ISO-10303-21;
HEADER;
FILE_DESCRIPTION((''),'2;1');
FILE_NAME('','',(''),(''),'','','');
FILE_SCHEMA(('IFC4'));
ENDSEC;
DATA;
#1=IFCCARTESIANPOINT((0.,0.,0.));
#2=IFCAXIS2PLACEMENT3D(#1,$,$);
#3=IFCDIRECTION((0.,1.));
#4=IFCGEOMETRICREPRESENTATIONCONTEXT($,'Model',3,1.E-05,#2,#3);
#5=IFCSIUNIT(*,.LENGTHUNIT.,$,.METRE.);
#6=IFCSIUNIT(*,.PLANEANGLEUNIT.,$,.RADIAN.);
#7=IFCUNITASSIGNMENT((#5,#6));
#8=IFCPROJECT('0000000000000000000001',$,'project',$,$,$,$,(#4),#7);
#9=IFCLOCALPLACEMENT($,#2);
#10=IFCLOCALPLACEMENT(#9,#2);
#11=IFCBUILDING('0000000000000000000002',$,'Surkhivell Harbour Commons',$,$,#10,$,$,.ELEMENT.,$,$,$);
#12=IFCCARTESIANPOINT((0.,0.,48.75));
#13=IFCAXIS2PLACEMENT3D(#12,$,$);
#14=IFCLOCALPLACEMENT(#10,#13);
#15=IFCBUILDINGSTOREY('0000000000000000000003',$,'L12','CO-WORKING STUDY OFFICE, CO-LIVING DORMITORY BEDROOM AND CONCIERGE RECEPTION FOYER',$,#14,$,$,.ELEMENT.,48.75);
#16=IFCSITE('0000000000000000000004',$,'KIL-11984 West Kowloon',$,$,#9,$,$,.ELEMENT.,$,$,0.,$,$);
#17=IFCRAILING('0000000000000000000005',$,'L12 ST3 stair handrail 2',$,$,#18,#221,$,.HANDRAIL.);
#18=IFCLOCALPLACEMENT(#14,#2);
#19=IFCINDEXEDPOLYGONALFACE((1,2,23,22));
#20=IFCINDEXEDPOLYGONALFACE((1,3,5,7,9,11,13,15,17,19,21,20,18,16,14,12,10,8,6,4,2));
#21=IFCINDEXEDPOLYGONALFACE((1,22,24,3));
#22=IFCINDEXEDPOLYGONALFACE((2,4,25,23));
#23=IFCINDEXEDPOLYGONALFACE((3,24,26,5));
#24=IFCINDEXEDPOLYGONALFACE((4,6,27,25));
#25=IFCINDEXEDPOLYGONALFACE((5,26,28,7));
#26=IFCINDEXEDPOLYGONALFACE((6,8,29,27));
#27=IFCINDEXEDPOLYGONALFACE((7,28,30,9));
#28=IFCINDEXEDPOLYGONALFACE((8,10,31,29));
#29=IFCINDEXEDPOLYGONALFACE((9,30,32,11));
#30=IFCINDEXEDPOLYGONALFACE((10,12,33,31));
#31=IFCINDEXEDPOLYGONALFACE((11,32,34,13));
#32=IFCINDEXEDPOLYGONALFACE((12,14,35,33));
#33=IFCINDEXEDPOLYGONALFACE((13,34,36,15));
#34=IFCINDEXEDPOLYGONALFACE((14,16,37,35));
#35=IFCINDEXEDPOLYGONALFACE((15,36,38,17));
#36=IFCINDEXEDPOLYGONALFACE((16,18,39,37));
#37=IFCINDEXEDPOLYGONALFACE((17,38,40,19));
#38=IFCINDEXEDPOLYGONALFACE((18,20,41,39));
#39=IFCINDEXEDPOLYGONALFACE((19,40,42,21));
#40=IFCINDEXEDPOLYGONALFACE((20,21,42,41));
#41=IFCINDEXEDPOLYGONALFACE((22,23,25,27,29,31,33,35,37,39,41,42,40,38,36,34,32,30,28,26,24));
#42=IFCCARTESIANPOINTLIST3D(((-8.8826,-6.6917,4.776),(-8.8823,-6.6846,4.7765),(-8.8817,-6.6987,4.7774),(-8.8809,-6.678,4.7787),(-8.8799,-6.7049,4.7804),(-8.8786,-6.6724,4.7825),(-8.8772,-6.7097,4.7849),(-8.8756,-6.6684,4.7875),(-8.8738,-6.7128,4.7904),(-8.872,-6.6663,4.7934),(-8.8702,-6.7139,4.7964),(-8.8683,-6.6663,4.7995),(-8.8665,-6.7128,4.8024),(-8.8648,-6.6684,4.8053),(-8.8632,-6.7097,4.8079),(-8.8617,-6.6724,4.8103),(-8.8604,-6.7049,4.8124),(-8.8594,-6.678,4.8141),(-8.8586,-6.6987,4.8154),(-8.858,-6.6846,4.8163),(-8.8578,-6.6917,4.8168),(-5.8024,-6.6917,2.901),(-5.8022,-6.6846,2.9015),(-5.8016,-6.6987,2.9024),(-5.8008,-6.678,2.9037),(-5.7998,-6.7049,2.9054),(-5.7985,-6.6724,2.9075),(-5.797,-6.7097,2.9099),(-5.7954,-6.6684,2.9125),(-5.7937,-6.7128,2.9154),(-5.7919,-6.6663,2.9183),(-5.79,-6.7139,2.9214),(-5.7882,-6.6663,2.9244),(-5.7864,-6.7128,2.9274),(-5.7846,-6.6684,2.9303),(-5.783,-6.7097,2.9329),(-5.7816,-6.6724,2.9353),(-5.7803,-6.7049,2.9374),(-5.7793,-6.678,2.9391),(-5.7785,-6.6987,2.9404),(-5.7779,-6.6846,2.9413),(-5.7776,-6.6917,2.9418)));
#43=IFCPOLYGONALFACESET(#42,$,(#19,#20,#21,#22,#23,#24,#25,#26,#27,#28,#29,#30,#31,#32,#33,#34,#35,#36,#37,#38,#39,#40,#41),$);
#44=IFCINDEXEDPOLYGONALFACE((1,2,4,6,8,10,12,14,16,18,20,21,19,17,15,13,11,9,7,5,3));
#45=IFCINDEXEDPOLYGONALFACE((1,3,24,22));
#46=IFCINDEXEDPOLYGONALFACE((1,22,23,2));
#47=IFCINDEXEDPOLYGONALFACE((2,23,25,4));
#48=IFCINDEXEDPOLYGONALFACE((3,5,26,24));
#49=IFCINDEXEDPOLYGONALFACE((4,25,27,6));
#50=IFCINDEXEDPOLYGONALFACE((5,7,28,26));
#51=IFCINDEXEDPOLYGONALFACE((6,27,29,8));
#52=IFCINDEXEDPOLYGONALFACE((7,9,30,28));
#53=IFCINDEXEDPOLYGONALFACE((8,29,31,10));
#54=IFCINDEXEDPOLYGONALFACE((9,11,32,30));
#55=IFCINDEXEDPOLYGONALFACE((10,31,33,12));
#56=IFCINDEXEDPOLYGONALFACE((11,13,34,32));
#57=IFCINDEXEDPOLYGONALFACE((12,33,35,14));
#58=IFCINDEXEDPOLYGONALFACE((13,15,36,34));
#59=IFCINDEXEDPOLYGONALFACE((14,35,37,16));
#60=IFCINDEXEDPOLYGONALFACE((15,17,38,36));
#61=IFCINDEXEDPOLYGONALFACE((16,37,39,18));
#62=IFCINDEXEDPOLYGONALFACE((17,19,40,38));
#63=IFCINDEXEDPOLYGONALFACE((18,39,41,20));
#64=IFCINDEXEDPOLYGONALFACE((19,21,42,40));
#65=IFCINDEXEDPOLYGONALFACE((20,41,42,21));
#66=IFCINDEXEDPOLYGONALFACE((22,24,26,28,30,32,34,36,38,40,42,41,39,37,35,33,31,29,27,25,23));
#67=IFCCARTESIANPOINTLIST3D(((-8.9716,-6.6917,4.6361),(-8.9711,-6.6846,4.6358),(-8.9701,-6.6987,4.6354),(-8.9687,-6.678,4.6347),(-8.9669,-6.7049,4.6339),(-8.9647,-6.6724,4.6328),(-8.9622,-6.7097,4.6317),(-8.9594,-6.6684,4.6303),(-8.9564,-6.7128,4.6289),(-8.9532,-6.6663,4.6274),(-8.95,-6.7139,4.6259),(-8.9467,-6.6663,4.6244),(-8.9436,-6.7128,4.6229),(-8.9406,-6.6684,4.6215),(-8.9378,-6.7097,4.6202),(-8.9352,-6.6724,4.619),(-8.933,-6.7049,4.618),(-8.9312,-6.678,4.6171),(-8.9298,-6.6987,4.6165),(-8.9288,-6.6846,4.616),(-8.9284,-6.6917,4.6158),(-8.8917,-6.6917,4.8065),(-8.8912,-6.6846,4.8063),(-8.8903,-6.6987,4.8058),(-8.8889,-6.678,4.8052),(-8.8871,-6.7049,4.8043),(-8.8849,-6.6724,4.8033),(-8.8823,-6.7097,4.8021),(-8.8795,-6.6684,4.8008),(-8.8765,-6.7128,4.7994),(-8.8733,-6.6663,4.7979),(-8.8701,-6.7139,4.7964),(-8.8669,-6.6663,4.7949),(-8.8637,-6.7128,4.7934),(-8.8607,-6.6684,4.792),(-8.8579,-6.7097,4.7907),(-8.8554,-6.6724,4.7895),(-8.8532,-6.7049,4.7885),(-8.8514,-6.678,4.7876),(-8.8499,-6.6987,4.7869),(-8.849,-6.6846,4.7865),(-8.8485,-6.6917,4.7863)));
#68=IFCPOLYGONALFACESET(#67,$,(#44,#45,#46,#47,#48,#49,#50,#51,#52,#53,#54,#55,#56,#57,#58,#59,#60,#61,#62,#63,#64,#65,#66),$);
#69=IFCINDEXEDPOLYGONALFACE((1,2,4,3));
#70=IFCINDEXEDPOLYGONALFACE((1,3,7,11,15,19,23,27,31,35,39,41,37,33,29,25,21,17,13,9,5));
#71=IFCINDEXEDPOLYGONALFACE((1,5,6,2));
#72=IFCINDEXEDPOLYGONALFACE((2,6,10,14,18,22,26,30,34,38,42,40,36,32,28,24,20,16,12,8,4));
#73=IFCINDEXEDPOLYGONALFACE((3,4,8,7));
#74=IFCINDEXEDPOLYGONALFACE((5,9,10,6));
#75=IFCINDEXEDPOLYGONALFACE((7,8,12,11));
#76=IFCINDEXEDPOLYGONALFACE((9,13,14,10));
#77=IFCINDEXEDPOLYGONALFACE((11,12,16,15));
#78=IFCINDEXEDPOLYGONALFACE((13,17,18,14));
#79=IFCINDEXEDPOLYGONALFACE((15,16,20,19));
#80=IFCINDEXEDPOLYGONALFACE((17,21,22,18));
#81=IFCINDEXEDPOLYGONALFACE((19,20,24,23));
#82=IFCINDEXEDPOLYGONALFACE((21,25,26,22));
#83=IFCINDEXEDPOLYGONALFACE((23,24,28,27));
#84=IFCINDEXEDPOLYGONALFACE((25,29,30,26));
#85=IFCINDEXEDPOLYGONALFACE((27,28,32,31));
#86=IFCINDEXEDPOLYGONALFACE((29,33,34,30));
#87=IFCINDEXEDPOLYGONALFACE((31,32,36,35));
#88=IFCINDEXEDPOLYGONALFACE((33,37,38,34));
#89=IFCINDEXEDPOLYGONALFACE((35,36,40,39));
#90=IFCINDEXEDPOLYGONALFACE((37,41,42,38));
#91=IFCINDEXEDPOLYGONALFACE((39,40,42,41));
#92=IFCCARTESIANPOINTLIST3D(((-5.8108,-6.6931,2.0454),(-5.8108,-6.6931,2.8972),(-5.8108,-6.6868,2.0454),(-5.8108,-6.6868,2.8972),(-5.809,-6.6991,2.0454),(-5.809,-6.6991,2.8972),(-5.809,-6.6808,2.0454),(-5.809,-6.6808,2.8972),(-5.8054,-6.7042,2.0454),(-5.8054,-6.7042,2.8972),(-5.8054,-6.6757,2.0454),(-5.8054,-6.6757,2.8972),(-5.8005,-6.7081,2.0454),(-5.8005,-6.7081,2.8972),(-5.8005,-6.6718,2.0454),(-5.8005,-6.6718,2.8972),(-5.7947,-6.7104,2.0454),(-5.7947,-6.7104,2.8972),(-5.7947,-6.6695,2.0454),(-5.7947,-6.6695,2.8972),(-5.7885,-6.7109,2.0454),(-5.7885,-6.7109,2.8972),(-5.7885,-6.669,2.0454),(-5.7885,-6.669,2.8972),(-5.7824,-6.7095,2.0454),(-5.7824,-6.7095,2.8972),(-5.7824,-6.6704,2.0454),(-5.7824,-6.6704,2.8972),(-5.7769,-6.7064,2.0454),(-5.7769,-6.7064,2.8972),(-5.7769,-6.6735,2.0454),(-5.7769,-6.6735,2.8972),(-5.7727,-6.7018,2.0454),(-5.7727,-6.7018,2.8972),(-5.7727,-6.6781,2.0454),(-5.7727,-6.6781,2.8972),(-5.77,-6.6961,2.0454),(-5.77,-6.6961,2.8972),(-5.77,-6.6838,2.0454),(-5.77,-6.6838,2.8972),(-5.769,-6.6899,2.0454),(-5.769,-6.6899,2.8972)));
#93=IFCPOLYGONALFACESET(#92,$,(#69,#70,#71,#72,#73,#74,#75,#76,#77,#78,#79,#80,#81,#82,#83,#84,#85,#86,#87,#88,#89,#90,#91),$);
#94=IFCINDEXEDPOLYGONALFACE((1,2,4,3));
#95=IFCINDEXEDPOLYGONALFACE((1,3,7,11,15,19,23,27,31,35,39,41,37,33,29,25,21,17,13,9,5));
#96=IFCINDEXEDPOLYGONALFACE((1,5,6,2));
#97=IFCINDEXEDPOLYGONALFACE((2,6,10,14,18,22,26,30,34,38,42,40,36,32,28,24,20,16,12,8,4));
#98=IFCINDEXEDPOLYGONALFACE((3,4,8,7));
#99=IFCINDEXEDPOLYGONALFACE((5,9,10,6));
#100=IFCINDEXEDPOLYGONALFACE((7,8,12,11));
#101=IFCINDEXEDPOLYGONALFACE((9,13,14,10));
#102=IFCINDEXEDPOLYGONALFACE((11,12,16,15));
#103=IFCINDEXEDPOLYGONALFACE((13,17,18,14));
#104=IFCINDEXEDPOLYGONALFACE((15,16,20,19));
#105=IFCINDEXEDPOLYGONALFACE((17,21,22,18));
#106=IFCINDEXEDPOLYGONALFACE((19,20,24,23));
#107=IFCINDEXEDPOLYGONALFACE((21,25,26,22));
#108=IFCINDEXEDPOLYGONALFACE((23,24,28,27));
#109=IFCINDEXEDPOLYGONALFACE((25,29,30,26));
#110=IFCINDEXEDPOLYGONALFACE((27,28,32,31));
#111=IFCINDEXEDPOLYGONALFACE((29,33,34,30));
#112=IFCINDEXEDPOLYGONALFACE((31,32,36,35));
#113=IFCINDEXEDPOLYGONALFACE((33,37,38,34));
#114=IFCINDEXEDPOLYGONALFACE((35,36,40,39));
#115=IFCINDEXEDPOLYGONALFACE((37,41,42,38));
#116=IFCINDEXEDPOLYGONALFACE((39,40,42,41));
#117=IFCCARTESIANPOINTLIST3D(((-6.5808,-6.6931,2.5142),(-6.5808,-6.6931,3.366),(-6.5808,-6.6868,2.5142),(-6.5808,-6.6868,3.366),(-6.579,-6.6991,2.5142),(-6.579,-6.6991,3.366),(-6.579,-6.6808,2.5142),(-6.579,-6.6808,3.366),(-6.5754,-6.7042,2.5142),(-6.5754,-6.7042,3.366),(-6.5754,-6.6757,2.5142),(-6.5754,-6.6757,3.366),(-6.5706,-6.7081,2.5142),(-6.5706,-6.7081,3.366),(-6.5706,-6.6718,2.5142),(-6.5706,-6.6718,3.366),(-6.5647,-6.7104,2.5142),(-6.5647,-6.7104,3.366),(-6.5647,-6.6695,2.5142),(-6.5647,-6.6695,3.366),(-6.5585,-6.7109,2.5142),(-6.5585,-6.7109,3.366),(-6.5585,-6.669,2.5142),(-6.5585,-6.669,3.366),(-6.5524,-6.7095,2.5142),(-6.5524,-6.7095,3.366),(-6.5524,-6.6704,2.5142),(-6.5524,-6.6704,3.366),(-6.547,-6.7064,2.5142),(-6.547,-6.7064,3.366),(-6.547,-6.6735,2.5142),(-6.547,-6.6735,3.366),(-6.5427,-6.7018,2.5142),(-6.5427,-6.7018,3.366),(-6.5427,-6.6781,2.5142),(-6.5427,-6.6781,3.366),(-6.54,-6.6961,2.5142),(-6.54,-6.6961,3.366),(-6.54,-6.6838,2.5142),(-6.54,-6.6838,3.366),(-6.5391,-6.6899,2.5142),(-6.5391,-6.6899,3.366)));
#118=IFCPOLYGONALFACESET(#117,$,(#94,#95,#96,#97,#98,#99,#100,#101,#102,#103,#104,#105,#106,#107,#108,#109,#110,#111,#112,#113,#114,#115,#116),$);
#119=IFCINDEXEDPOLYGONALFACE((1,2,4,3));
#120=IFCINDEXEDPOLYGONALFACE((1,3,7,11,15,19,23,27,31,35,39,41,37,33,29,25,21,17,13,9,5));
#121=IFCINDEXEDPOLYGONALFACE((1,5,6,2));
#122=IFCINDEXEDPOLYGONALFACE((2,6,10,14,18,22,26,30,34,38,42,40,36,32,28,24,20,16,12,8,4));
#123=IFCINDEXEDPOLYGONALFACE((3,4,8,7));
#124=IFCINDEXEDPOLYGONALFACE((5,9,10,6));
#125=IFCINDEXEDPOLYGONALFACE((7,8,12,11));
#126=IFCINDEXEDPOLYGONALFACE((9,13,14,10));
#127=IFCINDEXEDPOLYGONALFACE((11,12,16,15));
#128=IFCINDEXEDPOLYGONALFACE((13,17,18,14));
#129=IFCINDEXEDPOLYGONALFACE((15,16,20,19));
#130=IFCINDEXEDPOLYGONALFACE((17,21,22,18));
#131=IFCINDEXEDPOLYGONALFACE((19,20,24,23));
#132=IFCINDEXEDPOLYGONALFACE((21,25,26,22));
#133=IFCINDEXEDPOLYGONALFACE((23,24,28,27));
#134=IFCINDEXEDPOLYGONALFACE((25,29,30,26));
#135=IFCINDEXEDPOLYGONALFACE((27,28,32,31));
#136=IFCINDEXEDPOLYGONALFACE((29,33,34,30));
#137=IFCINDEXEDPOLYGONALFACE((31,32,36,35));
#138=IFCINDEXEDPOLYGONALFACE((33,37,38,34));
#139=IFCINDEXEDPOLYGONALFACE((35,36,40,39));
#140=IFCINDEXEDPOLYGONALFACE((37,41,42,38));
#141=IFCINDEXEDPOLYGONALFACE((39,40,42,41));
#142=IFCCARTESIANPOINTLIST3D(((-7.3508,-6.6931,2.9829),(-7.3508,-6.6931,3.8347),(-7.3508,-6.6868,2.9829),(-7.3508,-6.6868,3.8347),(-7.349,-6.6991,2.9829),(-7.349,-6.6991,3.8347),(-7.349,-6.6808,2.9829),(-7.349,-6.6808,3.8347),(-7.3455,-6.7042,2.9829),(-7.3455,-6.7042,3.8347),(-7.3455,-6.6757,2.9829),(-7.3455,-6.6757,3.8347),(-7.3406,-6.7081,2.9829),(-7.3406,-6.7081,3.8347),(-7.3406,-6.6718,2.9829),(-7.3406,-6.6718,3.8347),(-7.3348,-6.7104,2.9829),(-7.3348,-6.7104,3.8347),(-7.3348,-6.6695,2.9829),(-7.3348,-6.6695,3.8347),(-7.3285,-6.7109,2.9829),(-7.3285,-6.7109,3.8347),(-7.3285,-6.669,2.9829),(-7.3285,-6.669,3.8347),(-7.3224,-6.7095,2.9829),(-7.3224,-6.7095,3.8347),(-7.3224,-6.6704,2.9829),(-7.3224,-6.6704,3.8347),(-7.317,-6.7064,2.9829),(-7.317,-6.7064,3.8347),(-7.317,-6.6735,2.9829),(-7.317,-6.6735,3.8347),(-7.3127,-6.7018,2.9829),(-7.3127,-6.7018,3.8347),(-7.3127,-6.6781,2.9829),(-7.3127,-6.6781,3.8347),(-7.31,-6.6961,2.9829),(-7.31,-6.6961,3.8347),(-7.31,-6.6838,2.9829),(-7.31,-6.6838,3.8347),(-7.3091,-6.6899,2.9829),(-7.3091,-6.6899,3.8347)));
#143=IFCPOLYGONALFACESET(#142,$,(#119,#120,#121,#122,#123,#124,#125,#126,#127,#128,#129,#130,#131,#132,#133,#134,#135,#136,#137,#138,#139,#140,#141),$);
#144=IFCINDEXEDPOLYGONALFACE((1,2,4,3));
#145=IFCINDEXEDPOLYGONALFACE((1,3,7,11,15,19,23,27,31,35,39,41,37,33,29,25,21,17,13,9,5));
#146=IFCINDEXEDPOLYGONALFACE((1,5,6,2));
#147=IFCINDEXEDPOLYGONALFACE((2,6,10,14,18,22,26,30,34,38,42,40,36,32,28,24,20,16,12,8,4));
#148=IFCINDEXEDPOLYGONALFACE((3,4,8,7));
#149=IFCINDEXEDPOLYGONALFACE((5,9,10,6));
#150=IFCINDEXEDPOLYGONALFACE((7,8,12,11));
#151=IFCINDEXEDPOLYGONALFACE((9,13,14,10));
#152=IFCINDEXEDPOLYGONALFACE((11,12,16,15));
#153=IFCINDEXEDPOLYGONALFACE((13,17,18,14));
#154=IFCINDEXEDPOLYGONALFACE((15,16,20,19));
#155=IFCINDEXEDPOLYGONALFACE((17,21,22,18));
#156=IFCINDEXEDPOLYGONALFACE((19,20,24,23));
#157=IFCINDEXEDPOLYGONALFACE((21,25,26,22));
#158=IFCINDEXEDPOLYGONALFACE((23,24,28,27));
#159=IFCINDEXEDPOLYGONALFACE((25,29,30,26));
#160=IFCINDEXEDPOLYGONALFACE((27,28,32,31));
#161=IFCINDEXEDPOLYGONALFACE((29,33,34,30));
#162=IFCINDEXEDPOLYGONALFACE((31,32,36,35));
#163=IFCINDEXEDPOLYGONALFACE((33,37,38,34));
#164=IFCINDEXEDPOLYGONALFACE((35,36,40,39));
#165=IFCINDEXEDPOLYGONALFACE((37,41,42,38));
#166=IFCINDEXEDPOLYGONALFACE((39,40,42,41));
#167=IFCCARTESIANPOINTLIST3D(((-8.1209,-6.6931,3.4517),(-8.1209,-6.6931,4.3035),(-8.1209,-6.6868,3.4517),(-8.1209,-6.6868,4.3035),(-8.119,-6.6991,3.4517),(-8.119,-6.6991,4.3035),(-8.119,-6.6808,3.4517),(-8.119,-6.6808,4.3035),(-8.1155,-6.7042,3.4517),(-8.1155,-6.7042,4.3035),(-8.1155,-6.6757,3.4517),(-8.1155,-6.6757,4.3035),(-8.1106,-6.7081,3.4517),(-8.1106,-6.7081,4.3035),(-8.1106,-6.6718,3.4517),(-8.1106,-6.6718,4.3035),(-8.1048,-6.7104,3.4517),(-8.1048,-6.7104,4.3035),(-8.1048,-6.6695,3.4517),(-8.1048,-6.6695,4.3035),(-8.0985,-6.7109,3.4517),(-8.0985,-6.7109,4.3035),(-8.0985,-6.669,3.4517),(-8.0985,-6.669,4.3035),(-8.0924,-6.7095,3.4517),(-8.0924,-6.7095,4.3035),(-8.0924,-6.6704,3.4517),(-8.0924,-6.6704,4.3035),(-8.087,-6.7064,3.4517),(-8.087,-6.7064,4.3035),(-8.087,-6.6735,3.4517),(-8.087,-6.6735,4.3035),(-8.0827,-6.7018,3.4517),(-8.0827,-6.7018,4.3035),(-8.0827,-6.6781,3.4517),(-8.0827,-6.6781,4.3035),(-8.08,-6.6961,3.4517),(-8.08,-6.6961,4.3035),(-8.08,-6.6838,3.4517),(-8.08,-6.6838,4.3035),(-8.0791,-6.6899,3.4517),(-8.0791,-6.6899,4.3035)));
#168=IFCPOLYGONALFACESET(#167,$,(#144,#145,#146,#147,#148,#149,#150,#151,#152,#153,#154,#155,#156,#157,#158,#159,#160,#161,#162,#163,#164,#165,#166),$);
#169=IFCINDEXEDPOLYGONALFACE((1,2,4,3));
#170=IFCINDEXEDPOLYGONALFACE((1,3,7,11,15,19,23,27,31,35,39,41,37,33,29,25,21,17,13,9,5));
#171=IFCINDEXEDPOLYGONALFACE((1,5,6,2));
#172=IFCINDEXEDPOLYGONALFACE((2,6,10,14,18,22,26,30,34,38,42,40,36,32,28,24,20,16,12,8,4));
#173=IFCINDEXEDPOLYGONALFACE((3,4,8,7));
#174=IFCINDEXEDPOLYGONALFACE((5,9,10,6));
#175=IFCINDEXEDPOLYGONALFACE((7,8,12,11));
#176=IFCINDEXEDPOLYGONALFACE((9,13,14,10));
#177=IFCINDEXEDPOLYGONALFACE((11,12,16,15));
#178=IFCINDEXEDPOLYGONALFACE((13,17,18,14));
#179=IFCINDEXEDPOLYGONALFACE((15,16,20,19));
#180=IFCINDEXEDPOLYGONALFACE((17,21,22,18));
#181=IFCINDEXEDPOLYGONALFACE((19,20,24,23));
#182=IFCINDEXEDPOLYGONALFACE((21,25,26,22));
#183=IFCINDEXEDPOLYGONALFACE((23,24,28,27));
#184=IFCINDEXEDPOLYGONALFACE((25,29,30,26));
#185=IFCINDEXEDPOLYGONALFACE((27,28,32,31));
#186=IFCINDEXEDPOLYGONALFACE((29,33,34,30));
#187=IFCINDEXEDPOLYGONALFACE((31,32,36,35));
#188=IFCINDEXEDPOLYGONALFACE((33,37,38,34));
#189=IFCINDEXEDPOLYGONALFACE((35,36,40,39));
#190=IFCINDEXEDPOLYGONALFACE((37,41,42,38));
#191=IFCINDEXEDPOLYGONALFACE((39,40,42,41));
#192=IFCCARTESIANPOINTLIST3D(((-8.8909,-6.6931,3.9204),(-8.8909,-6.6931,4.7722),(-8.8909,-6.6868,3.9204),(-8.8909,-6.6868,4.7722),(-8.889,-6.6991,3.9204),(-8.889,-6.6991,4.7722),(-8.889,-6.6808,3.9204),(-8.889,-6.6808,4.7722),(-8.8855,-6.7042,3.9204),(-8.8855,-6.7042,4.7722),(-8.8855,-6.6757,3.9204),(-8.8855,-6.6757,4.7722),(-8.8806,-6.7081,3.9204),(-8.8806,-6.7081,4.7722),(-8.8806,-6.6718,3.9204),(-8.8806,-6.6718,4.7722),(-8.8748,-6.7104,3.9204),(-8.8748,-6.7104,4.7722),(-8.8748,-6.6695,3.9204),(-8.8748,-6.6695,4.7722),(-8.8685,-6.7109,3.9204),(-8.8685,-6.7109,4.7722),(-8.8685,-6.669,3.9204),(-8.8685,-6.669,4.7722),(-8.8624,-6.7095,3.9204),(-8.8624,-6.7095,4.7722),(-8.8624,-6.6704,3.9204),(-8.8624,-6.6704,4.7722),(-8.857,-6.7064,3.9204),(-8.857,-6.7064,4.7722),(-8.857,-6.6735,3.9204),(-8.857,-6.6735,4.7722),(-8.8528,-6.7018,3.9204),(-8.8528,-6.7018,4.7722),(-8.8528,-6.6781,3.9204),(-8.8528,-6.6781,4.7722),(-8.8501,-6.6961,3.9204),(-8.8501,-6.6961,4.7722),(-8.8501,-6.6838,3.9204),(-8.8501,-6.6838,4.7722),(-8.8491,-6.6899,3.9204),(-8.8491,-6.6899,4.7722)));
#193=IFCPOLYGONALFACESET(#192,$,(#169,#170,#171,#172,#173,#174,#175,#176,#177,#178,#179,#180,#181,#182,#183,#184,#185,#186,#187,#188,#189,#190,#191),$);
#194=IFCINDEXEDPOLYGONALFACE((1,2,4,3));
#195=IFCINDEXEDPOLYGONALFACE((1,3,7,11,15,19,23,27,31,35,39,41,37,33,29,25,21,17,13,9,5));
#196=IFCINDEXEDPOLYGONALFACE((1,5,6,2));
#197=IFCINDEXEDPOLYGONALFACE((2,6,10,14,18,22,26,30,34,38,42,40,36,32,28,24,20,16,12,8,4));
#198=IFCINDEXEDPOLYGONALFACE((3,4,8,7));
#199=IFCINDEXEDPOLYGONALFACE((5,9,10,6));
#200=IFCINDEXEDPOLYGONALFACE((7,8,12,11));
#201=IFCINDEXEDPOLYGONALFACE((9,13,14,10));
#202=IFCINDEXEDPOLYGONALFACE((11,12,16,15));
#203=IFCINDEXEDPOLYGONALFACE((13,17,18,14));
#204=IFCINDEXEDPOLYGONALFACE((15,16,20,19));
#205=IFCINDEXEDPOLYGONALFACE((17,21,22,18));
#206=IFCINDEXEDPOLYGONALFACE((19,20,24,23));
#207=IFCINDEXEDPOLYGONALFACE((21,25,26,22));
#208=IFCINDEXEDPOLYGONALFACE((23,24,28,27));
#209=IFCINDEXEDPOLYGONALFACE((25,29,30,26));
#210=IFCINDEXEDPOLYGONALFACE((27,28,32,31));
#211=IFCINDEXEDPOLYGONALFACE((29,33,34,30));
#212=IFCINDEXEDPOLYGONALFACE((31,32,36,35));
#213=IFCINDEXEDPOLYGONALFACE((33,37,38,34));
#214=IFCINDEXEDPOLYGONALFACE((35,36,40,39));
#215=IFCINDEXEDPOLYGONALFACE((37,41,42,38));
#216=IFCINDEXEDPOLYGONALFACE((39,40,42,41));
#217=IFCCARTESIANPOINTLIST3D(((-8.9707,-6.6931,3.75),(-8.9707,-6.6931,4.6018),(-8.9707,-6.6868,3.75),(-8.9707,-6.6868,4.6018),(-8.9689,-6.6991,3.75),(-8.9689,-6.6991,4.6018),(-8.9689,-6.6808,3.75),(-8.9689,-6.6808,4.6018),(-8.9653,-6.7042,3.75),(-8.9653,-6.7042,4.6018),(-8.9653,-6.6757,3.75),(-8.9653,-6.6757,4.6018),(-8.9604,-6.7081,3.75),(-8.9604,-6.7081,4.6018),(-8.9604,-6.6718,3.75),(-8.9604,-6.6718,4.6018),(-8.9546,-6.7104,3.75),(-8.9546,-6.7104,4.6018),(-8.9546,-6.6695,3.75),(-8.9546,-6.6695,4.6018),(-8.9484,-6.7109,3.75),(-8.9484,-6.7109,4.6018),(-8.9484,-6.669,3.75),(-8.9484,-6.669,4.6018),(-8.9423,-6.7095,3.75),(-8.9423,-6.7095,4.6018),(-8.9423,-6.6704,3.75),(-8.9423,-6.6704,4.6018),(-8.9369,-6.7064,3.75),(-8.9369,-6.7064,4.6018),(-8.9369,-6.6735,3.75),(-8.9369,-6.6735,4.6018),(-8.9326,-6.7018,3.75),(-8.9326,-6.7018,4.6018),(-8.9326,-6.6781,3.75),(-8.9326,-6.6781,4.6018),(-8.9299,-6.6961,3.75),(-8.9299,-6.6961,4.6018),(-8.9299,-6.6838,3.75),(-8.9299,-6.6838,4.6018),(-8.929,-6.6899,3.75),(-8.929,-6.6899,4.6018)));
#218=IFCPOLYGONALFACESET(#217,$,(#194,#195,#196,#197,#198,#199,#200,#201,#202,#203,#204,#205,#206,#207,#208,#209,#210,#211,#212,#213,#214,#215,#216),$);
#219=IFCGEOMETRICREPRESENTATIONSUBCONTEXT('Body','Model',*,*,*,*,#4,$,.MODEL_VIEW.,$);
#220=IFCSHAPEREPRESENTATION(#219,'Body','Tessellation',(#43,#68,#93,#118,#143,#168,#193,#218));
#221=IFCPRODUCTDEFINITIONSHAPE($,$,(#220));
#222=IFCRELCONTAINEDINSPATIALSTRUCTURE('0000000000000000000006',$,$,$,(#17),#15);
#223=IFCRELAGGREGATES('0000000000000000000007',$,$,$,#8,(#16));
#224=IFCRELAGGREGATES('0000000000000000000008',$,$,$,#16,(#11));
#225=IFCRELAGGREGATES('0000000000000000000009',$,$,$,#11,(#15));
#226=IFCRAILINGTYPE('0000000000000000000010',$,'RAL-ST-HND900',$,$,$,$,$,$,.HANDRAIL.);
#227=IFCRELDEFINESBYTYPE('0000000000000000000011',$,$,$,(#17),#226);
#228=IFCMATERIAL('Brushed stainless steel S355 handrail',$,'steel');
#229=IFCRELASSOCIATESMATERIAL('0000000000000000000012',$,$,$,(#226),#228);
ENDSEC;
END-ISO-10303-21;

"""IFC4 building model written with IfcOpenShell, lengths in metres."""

from ifc_helpers import new_model, si_unit, direction, frame, origin, origin_2d, place, context, subcontext, project, spatial, circle, extrude, material, type_object, element, save


model = new_model("IFC4")

# Units and contexts
model_context = context("Model", 3, precision=1e-05, world=origin(), true_north=direction((0.0, 1.0)))
body_context = subcontext(model_context, "Body", "Model", "MODEL_VIEW")
ifc_project = project(units=[si_unit("LENGTHUNIT", "METRE"), si_unit("PLANEANGLEUNIT", "RADIAN")], contexts=[model_context])

# Site, building, storey
site_placement = place(None, origin())
site = spatial("IfcSite", under=ifc_project, at=site_placement, Name="KIL-11984 West Kowloon", CompositionType="ELEMENT", RefElevation=0.0)
building_placement = place(site_placement, origin())
building = spatial("IfcBuilding", under=site, at=building_placement, Name="Surkhivell Harbour Commons", CompositionType="ELEMENT")
storey_placement = place(building_placement, frame((0.0, 0.0, 48.75)))
storey = spatial("IfcBuildingStorey", under=building, at=storey_placement, Name="L12", Description="CO-WORKING STUDY OFFICE, CO-LIVING DORMITORY BEDROOM AND CONCIERGE RECEPTION FOYER", CompositionType="ELEMENT", Elevation=48.75)

# Railing
ifc_material_1 = material(Name="Brushed stainless steel S355 handrail", Category="steel")
railing_type_1 = type_object("IfcRailingType", Name="RAL-ST-HND900", PredefinedType="HANDRAIL", material=ifc_material_1)
railing_1_placement = place(storey_placement, frame((-5.79, -6.6899, 2.0454)))
element("IfcRailing", 1, at=railing_1_placement, inside=storey, type_object=railing_type_1, Name="L12 ST3 stair handrail 2", PredefinedType="HANDRAIL", context=body_context, shape_type="SweptSolid", body=[
    extrude(circle(Radius=0.0239, at=origin_2d()), frame((0.0, 0.0, 0.876), z_axis=(-0.854178, 0.0, 0.519981), x_axis=(0.0, -1.0, 0.0)), (0.0, 0.0, 1.0), 3.606),
    extrude(circle(Radius=0.0239, at=origin_2d()), frame((-3.0801, 0.0, 2.751), z_axis=(-0.424234, 0.0, -0.905552), x_axis=(0.0, -1.0, 0.0)), (0.0, 0.0, 1.0), 0.1882),
    extrude(circle(Radius=0.021, at=origin_2d()), origin(), (0.0, 0.0, 1.0), 0.8518),
    extrude(circle(Radius=0.021, at=origin_2d()), frame((-0.77, 0.0, 0.4688)), (0.0, 0.0, 1.0), 0.8518),
    extrude(circle(Radius=0.021, at=origin_2d()), frame((-1.54, 0.0, 0.9375)), (0.0, 0.0, 1.0), 0.8518),
    extrude(circle(Radius=0.021, at=origin_2d()), frame((-2.3101, 0.0, 1.4062)), (0.0, 0.0, 1.0), 0.8518),
    extrude(circle(Radius=0.021, at=origin_2d()), frame((-3.0801, 0.0, 1.875)), (0.0, 0.0, 1.0), 0.8518),
    extrude(circle(Radius=0.021, at=origin_2d()), frame((-3.1599, 0.0, 1.7046)), (0.0, 0.0, 1.0), 0.8518),
])

save(model, "model.ifc")
